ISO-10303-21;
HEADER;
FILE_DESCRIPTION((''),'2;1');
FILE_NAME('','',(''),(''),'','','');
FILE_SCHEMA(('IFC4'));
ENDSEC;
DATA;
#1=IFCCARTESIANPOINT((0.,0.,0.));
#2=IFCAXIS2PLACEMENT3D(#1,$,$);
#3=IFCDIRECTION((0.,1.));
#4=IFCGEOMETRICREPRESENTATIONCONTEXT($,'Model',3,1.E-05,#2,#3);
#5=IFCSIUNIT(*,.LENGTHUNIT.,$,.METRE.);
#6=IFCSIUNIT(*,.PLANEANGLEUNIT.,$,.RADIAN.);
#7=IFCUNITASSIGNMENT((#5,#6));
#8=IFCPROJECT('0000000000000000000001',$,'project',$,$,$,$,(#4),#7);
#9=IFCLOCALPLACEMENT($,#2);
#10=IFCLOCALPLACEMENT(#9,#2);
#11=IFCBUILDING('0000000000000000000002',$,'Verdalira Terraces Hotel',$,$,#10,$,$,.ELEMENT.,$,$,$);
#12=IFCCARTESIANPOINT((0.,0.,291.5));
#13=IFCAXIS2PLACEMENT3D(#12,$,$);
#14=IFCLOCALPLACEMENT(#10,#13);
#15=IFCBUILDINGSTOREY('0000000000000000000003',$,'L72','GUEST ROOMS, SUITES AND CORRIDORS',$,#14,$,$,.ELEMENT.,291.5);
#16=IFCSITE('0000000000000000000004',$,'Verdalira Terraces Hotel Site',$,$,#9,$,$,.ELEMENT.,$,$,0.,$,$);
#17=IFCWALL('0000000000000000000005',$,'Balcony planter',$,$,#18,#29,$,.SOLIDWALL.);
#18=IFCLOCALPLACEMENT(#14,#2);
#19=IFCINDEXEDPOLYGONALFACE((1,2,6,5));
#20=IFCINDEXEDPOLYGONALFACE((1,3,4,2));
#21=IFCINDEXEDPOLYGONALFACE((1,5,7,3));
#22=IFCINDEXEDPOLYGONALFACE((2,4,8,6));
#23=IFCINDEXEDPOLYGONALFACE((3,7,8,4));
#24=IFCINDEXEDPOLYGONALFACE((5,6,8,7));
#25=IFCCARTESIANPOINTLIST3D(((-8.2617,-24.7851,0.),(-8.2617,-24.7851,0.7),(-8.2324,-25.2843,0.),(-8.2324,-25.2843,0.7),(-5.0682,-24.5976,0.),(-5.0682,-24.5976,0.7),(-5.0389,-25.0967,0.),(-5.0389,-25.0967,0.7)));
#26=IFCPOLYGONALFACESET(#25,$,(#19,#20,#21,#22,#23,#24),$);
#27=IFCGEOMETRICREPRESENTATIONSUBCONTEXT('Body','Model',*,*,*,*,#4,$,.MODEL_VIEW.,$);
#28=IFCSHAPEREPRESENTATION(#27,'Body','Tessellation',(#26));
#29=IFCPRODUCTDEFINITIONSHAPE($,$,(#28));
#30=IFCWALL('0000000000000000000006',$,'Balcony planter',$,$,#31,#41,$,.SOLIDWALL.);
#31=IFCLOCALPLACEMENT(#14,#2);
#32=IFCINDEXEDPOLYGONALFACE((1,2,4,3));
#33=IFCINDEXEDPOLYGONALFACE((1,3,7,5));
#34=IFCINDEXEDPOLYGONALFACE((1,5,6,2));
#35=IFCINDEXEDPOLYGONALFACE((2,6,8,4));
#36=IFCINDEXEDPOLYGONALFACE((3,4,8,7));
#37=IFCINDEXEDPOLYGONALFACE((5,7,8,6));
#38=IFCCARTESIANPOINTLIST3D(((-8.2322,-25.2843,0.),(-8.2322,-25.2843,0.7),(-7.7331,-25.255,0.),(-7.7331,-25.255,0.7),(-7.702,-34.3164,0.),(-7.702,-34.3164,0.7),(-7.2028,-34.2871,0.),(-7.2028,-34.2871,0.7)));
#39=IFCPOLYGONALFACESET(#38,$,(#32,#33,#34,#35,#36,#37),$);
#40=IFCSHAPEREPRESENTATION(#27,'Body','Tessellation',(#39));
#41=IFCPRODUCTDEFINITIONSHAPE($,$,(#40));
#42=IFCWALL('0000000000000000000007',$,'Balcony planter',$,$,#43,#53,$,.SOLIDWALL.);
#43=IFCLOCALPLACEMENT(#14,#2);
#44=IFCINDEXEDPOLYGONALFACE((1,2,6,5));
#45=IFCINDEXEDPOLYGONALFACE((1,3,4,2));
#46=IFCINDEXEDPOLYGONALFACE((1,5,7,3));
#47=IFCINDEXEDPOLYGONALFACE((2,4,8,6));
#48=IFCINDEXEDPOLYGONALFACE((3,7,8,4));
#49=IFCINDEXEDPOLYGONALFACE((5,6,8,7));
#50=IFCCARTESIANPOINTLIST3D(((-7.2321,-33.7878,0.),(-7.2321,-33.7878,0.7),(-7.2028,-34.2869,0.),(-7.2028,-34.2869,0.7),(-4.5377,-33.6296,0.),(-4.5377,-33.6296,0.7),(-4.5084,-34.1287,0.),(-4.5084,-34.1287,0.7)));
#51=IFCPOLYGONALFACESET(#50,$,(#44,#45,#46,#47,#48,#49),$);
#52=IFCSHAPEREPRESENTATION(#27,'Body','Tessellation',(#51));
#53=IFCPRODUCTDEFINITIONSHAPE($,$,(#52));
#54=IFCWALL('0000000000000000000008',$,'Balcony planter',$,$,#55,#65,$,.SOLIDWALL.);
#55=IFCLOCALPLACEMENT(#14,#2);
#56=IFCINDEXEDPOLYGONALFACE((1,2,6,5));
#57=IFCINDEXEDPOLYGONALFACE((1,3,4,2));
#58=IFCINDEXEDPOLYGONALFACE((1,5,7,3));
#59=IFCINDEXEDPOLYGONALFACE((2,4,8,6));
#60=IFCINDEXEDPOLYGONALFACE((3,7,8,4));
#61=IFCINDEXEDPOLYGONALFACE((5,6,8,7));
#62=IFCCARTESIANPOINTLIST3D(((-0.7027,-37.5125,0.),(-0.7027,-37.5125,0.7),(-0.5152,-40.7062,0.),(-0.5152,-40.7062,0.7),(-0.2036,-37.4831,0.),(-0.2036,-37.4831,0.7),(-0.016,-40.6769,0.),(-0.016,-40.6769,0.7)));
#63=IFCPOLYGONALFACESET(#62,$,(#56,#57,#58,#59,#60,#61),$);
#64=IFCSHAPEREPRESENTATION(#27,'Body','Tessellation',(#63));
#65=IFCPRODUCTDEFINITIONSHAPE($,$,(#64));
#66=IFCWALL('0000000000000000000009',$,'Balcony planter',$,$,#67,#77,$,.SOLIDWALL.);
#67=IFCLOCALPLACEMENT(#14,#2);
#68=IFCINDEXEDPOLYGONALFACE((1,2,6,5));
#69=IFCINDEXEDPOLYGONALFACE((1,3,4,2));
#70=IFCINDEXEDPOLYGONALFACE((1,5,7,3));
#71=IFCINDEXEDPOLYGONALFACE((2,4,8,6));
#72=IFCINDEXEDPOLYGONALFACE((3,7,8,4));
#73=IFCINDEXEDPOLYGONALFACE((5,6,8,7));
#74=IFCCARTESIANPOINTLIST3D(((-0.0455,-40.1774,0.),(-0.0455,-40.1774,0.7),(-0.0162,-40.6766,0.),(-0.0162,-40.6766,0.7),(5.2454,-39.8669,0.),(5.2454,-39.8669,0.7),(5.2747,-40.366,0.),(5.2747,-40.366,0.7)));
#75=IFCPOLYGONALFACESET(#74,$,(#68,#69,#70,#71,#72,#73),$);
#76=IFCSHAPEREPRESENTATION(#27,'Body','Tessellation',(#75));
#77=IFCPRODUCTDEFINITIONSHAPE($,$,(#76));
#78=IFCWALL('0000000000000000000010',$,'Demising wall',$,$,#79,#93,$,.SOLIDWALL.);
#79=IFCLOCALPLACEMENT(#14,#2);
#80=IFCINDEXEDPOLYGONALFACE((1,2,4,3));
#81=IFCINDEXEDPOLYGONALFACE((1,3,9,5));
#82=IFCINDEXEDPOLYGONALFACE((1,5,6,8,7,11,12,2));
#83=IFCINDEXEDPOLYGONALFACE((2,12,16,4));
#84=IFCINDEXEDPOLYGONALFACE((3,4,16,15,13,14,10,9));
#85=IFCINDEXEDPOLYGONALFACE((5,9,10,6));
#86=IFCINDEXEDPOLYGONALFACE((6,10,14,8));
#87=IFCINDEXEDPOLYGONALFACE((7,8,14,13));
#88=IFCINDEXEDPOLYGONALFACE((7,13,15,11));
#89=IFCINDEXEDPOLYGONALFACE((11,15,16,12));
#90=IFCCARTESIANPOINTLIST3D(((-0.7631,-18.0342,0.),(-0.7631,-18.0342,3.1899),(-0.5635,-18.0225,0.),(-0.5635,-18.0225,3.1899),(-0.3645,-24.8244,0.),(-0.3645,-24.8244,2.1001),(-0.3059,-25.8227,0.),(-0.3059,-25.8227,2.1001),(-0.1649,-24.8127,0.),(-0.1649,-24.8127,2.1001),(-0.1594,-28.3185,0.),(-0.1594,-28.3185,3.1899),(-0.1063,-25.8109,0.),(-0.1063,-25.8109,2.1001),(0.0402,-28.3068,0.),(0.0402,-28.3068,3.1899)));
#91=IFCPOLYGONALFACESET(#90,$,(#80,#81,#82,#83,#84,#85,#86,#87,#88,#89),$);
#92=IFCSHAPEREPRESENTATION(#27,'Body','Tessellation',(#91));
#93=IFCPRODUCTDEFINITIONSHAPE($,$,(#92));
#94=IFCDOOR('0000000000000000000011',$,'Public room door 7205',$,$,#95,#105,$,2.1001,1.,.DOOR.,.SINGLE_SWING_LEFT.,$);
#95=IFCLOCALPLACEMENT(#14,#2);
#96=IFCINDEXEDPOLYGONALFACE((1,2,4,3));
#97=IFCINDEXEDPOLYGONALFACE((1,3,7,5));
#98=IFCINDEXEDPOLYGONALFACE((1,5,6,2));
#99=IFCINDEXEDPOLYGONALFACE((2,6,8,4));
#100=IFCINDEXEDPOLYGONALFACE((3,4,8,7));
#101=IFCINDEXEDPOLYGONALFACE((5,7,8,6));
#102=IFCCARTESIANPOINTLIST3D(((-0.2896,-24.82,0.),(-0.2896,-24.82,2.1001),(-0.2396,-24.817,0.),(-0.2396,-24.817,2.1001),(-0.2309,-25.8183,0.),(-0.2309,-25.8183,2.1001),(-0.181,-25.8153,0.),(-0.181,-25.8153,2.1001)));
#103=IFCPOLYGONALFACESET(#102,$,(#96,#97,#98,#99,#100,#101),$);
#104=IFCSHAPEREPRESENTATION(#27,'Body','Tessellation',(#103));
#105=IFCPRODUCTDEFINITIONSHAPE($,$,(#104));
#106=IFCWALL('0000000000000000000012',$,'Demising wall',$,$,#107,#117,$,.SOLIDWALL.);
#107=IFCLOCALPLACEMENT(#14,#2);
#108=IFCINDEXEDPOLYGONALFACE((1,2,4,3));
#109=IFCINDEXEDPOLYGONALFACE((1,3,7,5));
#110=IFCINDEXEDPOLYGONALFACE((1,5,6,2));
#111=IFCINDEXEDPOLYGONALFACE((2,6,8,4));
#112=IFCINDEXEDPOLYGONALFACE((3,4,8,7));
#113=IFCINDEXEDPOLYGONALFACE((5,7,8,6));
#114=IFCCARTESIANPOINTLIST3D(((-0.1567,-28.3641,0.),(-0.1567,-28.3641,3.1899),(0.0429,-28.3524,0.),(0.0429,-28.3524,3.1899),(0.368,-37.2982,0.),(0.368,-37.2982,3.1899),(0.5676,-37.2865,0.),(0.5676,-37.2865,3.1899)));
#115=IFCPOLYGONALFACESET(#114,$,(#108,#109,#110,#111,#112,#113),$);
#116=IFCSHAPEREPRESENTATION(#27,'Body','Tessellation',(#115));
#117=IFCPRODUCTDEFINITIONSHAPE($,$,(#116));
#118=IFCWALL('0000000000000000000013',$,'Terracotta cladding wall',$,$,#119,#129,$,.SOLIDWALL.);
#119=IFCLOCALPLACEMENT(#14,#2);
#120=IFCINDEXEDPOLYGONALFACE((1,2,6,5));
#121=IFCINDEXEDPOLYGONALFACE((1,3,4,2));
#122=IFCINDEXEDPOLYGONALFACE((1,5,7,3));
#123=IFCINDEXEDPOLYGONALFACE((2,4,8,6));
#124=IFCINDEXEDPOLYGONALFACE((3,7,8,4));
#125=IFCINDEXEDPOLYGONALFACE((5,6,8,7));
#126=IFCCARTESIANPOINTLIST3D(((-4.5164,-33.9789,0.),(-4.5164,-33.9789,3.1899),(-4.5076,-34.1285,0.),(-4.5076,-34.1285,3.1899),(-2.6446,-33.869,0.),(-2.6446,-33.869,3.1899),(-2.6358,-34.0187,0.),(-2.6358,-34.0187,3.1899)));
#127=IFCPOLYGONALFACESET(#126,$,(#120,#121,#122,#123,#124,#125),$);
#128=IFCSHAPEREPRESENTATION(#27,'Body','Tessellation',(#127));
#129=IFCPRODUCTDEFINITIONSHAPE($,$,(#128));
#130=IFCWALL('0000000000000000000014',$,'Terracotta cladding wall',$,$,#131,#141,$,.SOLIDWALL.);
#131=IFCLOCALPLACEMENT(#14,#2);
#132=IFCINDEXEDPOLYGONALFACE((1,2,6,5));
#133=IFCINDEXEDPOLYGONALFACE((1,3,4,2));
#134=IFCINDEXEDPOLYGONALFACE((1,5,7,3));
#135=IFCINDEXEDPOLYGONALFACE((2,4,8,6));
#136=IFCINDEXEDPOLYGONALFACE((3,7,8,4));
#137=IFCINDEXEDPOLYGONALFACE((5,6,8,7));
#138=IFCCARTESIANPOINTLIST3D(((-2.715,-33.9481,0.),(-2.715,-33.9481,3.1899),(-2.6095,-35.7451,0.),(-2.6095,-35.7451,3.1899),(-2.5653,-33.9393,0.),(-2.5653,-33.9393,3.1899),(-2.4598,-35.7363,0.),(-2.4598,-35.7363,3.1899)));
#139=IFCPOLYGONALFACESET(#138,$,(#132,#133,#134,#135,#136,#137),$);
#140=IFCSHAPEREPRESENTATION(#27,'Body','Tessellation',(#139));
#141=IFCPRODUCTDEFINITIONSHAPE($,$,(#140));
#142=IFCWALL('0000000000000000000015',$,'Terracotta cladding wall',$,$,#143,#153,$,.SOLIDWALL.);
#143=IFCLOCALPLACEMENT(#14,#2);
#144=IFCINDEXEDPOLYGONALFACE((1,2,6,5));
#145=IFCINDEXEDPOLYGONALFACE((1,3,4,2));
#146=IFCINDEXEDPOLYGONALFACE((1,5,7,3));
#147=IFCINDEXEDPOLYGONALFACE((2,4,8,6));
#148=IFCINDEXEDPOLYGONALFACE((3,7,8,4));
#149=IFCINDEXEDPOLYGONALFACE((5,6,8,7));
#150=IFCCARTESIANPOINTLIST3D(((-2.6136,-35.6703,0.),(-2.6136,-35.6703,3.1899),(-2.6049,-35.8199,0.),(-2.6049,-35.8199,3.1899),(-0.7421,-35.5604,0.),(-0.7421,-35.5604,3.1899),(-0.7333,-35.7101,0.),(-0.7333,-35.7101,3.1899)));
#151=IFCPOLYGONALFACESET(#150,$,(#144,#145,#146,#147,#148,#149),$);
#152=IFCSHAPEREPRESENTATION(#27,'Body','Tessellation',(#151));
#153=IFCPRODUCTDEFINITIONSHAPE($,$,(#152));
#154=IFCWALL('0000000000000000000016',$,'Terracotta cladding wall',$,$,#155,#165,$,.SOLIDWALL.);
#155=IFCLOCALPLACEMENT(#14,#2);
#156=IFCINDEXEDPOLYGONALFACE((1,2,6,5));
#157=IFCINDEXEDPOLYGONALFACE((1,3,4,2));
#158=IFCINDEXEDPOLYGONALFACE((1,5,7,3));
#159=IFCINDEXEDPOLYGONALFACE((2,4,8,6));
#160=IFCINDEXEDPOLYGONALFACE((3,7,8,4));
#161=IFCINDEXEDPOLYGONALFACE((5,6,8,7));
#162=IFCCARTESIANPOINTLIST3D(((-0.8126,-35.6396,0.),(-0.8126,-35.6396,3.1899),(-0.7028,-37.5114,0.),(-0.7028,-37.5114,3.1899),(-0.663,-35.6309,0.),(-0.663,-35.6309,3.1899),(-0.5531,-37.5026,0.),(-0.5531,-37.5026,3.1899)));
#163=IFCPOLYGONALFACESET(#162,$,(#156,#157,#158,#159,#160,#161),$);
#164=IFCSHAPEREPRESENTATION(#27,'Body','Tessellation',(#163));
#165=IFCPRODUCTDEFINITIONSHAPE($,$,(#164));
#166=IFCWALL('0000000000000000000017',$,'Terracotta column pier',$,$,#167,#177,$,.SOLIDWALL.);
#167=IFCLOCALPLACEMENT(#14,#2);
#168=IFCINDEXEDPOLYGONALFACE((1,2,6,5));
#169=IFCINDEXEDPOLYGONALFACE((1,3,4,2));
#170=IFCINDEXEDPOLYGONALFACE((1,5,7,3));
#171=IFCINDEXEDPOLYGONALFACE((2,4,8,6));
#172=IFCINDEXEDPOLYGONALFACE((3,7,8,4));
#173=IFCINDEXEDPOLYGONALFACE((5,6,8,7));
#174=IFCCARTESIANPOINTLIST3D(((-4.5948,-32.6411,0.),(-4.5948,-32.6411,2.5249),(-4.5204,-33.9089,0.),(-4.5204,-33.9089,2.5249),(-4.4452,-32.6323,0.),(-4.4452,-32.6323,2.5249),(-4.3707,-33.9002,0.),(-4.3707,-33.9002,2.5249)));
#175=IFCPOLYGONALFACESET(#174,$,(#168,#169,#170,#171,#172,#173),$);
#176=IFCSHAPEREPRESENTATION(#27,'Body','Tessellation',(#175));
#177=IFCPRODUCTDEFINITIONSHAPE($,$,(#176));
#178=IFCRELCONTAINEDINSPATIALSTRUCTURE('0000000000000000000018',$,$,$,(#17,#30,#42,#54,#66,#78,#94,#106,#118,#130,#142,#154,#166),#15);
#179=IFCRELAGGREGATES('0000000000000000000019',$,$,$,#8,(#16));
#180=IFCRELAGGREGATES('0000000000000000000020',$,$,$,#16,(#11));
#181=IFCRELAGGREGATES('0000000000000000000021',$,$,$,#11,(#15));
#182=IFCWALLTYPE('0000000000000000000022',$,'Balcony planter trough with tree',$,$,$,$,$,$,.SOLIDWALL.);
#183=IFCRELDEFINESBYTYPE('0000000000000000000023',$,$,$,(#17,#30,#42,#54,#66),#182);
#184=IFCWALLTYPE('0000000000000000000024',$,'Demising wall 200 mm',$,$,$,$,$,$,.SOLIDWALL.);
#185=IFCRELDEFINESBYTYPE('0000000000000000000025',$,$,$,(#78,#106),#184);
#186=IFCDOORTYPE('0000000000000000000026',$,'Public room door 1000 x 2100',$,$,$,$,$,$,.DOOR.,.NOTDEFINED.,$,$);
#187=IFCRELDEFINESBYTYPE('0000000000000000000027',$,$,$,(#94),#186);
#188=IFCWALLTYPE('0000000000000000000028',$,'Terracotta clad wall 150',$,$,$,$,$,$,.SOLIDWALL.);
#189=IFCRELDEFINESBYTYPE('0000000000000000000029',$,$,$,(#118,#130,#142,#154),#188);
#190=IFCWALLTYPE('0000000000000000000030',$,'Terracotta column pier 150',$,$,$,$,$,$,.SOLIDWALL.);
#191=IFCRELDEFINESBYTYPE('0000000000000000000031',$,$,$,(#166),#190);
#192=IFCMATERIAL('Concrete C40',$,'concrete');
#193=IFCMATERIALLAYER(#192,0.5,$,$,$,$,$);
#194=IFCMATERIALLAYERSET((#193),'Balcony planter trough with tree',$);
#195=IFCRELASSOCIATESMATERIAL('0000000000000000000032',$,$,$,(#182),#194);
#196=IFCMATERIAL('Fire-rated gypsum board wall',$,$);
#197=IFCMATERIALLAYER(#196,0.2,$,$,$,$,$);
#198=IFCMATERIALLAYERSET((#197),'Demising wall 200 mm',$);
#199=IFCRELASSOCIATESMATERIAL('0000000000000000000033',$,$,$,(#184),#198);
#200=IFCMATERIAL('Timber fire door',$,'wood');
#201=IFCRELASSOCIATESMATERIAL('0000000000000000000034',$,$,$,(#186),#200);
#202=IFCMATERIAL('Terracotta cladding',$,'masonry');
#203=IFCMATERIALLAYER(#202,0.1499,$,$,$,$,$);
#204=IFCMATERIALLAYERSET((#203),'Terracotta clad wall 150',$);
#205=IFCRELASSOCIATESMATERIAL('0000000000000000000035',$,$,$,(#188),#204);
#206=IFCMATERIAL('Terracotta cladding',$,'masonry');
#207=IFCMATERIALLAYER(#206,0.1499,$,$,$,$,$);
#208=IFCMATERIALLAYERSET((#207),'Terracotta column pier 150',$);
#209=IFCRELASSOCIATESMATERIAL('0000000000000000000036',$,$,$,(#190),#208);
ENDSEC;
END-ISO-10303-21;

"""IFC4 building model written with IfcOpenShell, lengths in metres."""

from ifc_helpers import new_model, si_unit, direction, frame, frame_2d, origin, place, context, subcontext, project, spatial, rectangle, extrude, material, layer, layer_set, type_object, element, fill, save


model = new_model("IFC4")

# Units and contexts
model_context = context("Model", 3, precision=1e-05, world=origin(), true_north=direction((0.0, 1.0)))
body_context = subcontext(model_context, "Body", "Model", "MODEL_VIEW")
ifc_project = project(units=[si_unit("LENGTHUNIT", "METRE"), si_unit("PLANEANGLEUNIT", "RADIAN")], contexts=[model_context])

# Site, building, storey
site_placement = place(None, origin())
site = spatial("IfcSite", under=ifc_project, at=site_placement, Name="Verdalira Terraces Hotel Site", CompositionType="ELEMENT", RefElevation=0.0)
building_placement = place(site_placement, origin())
building = spatial("IfcBuilding", under=site, at=building_placement, Name="Verdalira Terraces Hotel", CompositionType="ELEMENT")
storey_placement = place(building_placement, frame((0.0, 0.0, 291.5)))
storey = spatial("IfcBuildingStorey", under=building, at=storey_placement, Name="L72", Description="GUEST ROOMS, SUITES AND CORRIDORS", CompositionType="ELEMENT", Elevation=291.5)

# Walls
ifc_material_1 = material(Name="Concrete C40", Category="concrete")
ifc_layer_1 = layer(ifc_material_1, 0.5)
ifc_layer_set_1 = layer_set([ifc_layer_1], Name="Balcony planter trough with tree")
wall_type_1 = type_object("IfcWallType", Name="Balcony planter trough with tree", PredefinedType="SOLIDWALL", material=ifc_layer_set_1)
wall_1_placement = place(storey_placement, frame((-5.0535, -24.8472, 0.0), z_axis=(0.0, 0.0, 1.0), x_axis=(-0.998281, -0.058615, 0.0)))
element("IfcWall", 1, at=wall_1_placement, inside=storey, type_object=wall_type_1, Name="Balcony planter", PredefinedType="SOLIDWALL", context=body_context, shape_type="SweptSolid", body=[
    extrude(rectangle(XDim=3.199, YDim=0.5, at=frame_2d((1.5996, 0.0))), origin(), (0.0, 0.0, 1.0), 0.7),
])
wall_2_placement = place(storey_placement, frame((-7.9827, -25.2695, 0.0), z_axis=(0.0, 0.0, 1.0), x_axis=(0.05861, -0.998281, 0.0)))
element("IfcWall", 2, at=wall_2_placement, inside=storey, type_object=wall_type_1, Name="Balcony planter", PredefinedType="SOLIDWALL", context=body_context, shape_type="SweptSolid", body=[
    extrude(rectangle(XDim=9.0476, YDim=0.5, at=frame_2d((4.5239, 0.0))), origin(), (0.0, 0.0, 1.0), 0.7),
])
wall_3_placement = place(storey_placement, frame((-7.2175, -34.0374, 0.0), z_axis=(0.0, 0.0, 1.0), x_axis=(0.998281, 0.058616, 0.0)))
element("IfcWall", 3, at=wall_3_placement, inside=storey, type_object=wall_type_1, Name="Balcony planter", PredefinedType="SOLIDWALL", context=body_context, shape_type="SweptSolid", body=[
    extrude(rectangle(XDim=2.699, YDim=0.5, at=frame_2d((1.3496, 0.0))), origin(), (0.0, 0.0, 1.0), 0.7),
])
wall_4_placement = place(storey_placement, frame((-0.4531, -37.4978, 0.0), z_axis=(0.0, 0.0, 1.0), x_axis=(0.05861, -0.998281, 0.0)))
element("IfcWall", 4, at=wall_4_placement, inside=storey, type_object=wall_type_1, Name="Balcony planter", PredefinedType="SOLIDWALL", context=body_context, shape_type="SweptSolid", body=[
    extrude(rectangle(XDim=3.1992, YDim=0.5, at=frame_2d((1.5996, 0.0))), origin(), (0.0, 0.0, 1.0), 0.7),
])
wall_5_placement = place(storey_placement, frame((-0.0308, -40.427, 0.0), z_axis=(0.0, 0.0, 1.0), x_axis=(0.998282, 0.058592, 0.0)))
element("IfcWall", 5, at=wall_5_placement, inside=storey, type_object=wall_type_1, Name="Balcony planter", PredefinedType="SOLIDWALL", context=body_context, shape_type="SweptSolid", body=[
    extrude(rectangle(XDim=5.3, YDim=0.5, at=frame_2d((2.6499, 0.0))), origin(), (0.0, 0.0, 1.0), 0.7),
])

# Wall, opening, door
ifc_material_2 = material(Name="Fire-rated gypsum board wall")
ifc_layer_2 = layer(ifc_material_2, 0.2)
ifc_layer_set_2 = layer_set([ifc_layer_2], Name="Demising wall 200 mm")
wall_type_2 = type_object("IfcWallType", Name="Demising wall 200 mm", PredefinedType="SOLIDWALL", material=ifc_layer_set_2)
wall_6_placement = place(storey_placement, frame((-0.0596, -28.3125, 0.0), z_axis=(0.0, 0.0, 1.0), x_axis=(-0.058607, 0.998281, 0.0)))
wall_6 = element("IfcWall", 6, at=wall_6_placement, inside=storey, type_object=wall_type_2, Name="Demising wall", PredefinedType="SOLIDWALL", context=body_context, shape_type="SweptSolid", body=[
    extrude(rectangle(XDim=10.302, YDim=0.2, at=frame_2d((5.1509, 0.0))), origin(), (0.0, 0.0, 1.0), 3.1899),
])
opening_1_placement = place(wall_6_placement, frame((2.5, 0.0, 0.0)))
opening_1 = element("IfcOpeningElement", 7, at=opening_1_placement, cuts=wall_6, PredefinedType="OPENING", context=body_context, shape_type="SweptSolid", body=[
    extrude(rectangle(XDim=1.0, YDim=2.1001, at=frame_2d((0.5, 1.05))), frame((0.0, 0.1099, 0.0), z_axis=(0.0, -1.0, 0.0), x_axis=(1.0, 0.0, 0.0)), (0.0, 0.0, 1.0), 0.22),
])
ifc_material_3 = material(Name="Timber fire door", Category="wood")
door_type_1 = type_object("IfcDoorType", Name="Public room door 1000 x 2100", OperationType="NOTDEFINED", PredefinedType="DOOR", material=ifc_material_3)
door_1_placement = place(opening_1_placement, origin())
door_1 = element("IfcDoor", 8, at=door_1_placement, inside=storey, type_object=door_type_1, Name="Public room door 7205", OperationType="SINGLE_SWING_LEFT", OverallHeight=2.1001, OverallWidth=1.0, PredefinedType="DOOR", context=body_context, shape_type="SweptSolid", body=[
    extrude(rectangle(XDim=1.0, YDim=2.1001, at=frame_2d((0.5, 1.05))), frame((0.0, 0.0249, 0.0), z_axis=(0.0, -1.0, 0.0), x_axis=(1.0, 0.0, 0.0)), (0.0, 0.0, 1.0), 0.05),
])
fill(opening_1, door_1)

# Walls
wall_7_placement = place(storey_placement, frame((-0.0569, -28.3584, 0.0), z_axis=(0.0, 0.0, 1.0), x_axis=(0.058624, -0.99828, 0.0)))
element("IfcWall", 9, at=wall_7_placement, inside=storey, type_object=wall_type_2, Name="Demising wall", PredefinedType="SOLIDWALL", context=body_context, shape_type="SweptSolid", body=[
    extrude(rectangle(XDim=8.9495, YDim=0.2, at=frame_2d((4.4746, 0.0))), origin(), (0.0, 0.0, 1.0), 3.1899),
])
ifc_material_4 = material(Name="Terracotta cladding", Category="masonry")
ifc_layer_3 = layer(ifc_material_4, 0.1499)
ifc_layer_set_3 = layer_set([ifc_layer_3], Name="Terracotta clad wall 150")
wall_type_3 = type_object("IfcWallType", Name="Terracotta clad wall 150", PredefinedType="SOLIDWALL", material=ifc_layer_set_3)
wall_8_placement = place(storey_placement, frame((-4.512, -34.0537, 0.0), z_axis=(0.0, 0.0, 1.0), x_axis=(0.998282, 0.058592, 0.0)))
element("IfcWall", 10, at=wall_8_placement, inside=storey, type_object=wall_type_3, Name="Terracotta cladding wall", PredefinedType="SOLIDWALL", context=body_context, shape_type="SweptSolid", body=[
    extrude(rectangle(XDim=1.875, YDim=0.1499, at=frame_2d((0.9375, 0.0))), origin(), (0.0, 0.0, 1.0), 3.1899),
])
wall_9_placement = place(storey_placement, frame((-2.6401, -33.9438, 0.0), z_axis=(0.0, 0.0, 1.0), x_axis=(0.058595, -0.998282, 0.0)))
element("IfcWall", 11, at=wall_9_placement, inside=storey, type_object=wall_type_3, Name="Terracotta cladding wall", PredefinedType="SOLIDWALL", context=body_context, shape_type="SweptSolid", body=[
    extrude(rectangle(XDim=1.8, YDim=0.1499, at=frame_2d((0.8999, 0.0))), origin(), (0.0, 0.0, 1.0), 3.1899),
])
wall_10_placement = place(storey_placement, frame((-2.6094, -35.7451, 0.0), z_axis=(0.0, 0.0, 1.0), x_axis=(0.998282, 0.0586, 0.0)))
element("IfcWall", 12, at=wall_10_placement, inside=storey, type_object=wall_type_3, Name="Terracotta cladding wall", PredefinedType="SOLIDWALL", context=body_context, shape_type="SweptSolid", body=[
    extrude(rectangle(XDim=1.8748, YDim=0.1499, at=frame_2d((0.9375, 0.0))), origin(), (0.0, 0.0, 1.0), 3.1899),
])
wall_11_placement = place(storey_placement, frame((-0.7378, -35.6353, 0.0), z_axis=(0.0, 0.0, 1.0), x_axis=(0.058592, -0.998282, 0.0)))
element("IfcWall", 13, at=wall_11_placement, inside=storey, type_object=wall_type_3, Name="Terracotta cladding wall", PredefinedType="SOLIDWALL", context=body_context, shape_type="SweptSolid", body=[
    extrude(rectangle(XDim=1.875, YDim=0.1499, at=frame_2d((0.9375, 0.0))), origin(), (0.0, 0.0, 1.0), 3.1899),
])
ifc_material_5 = material(Name="Terracotta cladding", Category="masonry")
ifc_layer_4 = layer(ifc_material_5, 0.1499)
ifc_layer_set_4 = layer_set([ifc_layer_4], Name="Terracotta column pier 150")
wall_type_4 = type_object("IfcWallType", Name="Terracotta column pier 150", PredefinedType="SOLIDWALL", material=ifc_layer_set_4)
wall_12_placement = place(storey_placement, frame((-4.52, -32.6367, 0.0), z_axis=(0.0, 0.0, 1.0), x_axis=(0.058632, -0.99828, 0.0)))
element("IfcWall", 14, at=wall_12_placement, inside=storey, type_object=wall_type_4, Name="Terracotta column pier", PredefinedType="SOLIDWALL", context=body_context, shape_type="SweptSolid", body=[
    extrude(rectangle(XDim=1.27, YDim=0.1499, at=frame_2d((0.635, 0.0))), origin(), (0.0, 0.0, 1.0), 2.5249),
])

save(model, "model.ifc")
